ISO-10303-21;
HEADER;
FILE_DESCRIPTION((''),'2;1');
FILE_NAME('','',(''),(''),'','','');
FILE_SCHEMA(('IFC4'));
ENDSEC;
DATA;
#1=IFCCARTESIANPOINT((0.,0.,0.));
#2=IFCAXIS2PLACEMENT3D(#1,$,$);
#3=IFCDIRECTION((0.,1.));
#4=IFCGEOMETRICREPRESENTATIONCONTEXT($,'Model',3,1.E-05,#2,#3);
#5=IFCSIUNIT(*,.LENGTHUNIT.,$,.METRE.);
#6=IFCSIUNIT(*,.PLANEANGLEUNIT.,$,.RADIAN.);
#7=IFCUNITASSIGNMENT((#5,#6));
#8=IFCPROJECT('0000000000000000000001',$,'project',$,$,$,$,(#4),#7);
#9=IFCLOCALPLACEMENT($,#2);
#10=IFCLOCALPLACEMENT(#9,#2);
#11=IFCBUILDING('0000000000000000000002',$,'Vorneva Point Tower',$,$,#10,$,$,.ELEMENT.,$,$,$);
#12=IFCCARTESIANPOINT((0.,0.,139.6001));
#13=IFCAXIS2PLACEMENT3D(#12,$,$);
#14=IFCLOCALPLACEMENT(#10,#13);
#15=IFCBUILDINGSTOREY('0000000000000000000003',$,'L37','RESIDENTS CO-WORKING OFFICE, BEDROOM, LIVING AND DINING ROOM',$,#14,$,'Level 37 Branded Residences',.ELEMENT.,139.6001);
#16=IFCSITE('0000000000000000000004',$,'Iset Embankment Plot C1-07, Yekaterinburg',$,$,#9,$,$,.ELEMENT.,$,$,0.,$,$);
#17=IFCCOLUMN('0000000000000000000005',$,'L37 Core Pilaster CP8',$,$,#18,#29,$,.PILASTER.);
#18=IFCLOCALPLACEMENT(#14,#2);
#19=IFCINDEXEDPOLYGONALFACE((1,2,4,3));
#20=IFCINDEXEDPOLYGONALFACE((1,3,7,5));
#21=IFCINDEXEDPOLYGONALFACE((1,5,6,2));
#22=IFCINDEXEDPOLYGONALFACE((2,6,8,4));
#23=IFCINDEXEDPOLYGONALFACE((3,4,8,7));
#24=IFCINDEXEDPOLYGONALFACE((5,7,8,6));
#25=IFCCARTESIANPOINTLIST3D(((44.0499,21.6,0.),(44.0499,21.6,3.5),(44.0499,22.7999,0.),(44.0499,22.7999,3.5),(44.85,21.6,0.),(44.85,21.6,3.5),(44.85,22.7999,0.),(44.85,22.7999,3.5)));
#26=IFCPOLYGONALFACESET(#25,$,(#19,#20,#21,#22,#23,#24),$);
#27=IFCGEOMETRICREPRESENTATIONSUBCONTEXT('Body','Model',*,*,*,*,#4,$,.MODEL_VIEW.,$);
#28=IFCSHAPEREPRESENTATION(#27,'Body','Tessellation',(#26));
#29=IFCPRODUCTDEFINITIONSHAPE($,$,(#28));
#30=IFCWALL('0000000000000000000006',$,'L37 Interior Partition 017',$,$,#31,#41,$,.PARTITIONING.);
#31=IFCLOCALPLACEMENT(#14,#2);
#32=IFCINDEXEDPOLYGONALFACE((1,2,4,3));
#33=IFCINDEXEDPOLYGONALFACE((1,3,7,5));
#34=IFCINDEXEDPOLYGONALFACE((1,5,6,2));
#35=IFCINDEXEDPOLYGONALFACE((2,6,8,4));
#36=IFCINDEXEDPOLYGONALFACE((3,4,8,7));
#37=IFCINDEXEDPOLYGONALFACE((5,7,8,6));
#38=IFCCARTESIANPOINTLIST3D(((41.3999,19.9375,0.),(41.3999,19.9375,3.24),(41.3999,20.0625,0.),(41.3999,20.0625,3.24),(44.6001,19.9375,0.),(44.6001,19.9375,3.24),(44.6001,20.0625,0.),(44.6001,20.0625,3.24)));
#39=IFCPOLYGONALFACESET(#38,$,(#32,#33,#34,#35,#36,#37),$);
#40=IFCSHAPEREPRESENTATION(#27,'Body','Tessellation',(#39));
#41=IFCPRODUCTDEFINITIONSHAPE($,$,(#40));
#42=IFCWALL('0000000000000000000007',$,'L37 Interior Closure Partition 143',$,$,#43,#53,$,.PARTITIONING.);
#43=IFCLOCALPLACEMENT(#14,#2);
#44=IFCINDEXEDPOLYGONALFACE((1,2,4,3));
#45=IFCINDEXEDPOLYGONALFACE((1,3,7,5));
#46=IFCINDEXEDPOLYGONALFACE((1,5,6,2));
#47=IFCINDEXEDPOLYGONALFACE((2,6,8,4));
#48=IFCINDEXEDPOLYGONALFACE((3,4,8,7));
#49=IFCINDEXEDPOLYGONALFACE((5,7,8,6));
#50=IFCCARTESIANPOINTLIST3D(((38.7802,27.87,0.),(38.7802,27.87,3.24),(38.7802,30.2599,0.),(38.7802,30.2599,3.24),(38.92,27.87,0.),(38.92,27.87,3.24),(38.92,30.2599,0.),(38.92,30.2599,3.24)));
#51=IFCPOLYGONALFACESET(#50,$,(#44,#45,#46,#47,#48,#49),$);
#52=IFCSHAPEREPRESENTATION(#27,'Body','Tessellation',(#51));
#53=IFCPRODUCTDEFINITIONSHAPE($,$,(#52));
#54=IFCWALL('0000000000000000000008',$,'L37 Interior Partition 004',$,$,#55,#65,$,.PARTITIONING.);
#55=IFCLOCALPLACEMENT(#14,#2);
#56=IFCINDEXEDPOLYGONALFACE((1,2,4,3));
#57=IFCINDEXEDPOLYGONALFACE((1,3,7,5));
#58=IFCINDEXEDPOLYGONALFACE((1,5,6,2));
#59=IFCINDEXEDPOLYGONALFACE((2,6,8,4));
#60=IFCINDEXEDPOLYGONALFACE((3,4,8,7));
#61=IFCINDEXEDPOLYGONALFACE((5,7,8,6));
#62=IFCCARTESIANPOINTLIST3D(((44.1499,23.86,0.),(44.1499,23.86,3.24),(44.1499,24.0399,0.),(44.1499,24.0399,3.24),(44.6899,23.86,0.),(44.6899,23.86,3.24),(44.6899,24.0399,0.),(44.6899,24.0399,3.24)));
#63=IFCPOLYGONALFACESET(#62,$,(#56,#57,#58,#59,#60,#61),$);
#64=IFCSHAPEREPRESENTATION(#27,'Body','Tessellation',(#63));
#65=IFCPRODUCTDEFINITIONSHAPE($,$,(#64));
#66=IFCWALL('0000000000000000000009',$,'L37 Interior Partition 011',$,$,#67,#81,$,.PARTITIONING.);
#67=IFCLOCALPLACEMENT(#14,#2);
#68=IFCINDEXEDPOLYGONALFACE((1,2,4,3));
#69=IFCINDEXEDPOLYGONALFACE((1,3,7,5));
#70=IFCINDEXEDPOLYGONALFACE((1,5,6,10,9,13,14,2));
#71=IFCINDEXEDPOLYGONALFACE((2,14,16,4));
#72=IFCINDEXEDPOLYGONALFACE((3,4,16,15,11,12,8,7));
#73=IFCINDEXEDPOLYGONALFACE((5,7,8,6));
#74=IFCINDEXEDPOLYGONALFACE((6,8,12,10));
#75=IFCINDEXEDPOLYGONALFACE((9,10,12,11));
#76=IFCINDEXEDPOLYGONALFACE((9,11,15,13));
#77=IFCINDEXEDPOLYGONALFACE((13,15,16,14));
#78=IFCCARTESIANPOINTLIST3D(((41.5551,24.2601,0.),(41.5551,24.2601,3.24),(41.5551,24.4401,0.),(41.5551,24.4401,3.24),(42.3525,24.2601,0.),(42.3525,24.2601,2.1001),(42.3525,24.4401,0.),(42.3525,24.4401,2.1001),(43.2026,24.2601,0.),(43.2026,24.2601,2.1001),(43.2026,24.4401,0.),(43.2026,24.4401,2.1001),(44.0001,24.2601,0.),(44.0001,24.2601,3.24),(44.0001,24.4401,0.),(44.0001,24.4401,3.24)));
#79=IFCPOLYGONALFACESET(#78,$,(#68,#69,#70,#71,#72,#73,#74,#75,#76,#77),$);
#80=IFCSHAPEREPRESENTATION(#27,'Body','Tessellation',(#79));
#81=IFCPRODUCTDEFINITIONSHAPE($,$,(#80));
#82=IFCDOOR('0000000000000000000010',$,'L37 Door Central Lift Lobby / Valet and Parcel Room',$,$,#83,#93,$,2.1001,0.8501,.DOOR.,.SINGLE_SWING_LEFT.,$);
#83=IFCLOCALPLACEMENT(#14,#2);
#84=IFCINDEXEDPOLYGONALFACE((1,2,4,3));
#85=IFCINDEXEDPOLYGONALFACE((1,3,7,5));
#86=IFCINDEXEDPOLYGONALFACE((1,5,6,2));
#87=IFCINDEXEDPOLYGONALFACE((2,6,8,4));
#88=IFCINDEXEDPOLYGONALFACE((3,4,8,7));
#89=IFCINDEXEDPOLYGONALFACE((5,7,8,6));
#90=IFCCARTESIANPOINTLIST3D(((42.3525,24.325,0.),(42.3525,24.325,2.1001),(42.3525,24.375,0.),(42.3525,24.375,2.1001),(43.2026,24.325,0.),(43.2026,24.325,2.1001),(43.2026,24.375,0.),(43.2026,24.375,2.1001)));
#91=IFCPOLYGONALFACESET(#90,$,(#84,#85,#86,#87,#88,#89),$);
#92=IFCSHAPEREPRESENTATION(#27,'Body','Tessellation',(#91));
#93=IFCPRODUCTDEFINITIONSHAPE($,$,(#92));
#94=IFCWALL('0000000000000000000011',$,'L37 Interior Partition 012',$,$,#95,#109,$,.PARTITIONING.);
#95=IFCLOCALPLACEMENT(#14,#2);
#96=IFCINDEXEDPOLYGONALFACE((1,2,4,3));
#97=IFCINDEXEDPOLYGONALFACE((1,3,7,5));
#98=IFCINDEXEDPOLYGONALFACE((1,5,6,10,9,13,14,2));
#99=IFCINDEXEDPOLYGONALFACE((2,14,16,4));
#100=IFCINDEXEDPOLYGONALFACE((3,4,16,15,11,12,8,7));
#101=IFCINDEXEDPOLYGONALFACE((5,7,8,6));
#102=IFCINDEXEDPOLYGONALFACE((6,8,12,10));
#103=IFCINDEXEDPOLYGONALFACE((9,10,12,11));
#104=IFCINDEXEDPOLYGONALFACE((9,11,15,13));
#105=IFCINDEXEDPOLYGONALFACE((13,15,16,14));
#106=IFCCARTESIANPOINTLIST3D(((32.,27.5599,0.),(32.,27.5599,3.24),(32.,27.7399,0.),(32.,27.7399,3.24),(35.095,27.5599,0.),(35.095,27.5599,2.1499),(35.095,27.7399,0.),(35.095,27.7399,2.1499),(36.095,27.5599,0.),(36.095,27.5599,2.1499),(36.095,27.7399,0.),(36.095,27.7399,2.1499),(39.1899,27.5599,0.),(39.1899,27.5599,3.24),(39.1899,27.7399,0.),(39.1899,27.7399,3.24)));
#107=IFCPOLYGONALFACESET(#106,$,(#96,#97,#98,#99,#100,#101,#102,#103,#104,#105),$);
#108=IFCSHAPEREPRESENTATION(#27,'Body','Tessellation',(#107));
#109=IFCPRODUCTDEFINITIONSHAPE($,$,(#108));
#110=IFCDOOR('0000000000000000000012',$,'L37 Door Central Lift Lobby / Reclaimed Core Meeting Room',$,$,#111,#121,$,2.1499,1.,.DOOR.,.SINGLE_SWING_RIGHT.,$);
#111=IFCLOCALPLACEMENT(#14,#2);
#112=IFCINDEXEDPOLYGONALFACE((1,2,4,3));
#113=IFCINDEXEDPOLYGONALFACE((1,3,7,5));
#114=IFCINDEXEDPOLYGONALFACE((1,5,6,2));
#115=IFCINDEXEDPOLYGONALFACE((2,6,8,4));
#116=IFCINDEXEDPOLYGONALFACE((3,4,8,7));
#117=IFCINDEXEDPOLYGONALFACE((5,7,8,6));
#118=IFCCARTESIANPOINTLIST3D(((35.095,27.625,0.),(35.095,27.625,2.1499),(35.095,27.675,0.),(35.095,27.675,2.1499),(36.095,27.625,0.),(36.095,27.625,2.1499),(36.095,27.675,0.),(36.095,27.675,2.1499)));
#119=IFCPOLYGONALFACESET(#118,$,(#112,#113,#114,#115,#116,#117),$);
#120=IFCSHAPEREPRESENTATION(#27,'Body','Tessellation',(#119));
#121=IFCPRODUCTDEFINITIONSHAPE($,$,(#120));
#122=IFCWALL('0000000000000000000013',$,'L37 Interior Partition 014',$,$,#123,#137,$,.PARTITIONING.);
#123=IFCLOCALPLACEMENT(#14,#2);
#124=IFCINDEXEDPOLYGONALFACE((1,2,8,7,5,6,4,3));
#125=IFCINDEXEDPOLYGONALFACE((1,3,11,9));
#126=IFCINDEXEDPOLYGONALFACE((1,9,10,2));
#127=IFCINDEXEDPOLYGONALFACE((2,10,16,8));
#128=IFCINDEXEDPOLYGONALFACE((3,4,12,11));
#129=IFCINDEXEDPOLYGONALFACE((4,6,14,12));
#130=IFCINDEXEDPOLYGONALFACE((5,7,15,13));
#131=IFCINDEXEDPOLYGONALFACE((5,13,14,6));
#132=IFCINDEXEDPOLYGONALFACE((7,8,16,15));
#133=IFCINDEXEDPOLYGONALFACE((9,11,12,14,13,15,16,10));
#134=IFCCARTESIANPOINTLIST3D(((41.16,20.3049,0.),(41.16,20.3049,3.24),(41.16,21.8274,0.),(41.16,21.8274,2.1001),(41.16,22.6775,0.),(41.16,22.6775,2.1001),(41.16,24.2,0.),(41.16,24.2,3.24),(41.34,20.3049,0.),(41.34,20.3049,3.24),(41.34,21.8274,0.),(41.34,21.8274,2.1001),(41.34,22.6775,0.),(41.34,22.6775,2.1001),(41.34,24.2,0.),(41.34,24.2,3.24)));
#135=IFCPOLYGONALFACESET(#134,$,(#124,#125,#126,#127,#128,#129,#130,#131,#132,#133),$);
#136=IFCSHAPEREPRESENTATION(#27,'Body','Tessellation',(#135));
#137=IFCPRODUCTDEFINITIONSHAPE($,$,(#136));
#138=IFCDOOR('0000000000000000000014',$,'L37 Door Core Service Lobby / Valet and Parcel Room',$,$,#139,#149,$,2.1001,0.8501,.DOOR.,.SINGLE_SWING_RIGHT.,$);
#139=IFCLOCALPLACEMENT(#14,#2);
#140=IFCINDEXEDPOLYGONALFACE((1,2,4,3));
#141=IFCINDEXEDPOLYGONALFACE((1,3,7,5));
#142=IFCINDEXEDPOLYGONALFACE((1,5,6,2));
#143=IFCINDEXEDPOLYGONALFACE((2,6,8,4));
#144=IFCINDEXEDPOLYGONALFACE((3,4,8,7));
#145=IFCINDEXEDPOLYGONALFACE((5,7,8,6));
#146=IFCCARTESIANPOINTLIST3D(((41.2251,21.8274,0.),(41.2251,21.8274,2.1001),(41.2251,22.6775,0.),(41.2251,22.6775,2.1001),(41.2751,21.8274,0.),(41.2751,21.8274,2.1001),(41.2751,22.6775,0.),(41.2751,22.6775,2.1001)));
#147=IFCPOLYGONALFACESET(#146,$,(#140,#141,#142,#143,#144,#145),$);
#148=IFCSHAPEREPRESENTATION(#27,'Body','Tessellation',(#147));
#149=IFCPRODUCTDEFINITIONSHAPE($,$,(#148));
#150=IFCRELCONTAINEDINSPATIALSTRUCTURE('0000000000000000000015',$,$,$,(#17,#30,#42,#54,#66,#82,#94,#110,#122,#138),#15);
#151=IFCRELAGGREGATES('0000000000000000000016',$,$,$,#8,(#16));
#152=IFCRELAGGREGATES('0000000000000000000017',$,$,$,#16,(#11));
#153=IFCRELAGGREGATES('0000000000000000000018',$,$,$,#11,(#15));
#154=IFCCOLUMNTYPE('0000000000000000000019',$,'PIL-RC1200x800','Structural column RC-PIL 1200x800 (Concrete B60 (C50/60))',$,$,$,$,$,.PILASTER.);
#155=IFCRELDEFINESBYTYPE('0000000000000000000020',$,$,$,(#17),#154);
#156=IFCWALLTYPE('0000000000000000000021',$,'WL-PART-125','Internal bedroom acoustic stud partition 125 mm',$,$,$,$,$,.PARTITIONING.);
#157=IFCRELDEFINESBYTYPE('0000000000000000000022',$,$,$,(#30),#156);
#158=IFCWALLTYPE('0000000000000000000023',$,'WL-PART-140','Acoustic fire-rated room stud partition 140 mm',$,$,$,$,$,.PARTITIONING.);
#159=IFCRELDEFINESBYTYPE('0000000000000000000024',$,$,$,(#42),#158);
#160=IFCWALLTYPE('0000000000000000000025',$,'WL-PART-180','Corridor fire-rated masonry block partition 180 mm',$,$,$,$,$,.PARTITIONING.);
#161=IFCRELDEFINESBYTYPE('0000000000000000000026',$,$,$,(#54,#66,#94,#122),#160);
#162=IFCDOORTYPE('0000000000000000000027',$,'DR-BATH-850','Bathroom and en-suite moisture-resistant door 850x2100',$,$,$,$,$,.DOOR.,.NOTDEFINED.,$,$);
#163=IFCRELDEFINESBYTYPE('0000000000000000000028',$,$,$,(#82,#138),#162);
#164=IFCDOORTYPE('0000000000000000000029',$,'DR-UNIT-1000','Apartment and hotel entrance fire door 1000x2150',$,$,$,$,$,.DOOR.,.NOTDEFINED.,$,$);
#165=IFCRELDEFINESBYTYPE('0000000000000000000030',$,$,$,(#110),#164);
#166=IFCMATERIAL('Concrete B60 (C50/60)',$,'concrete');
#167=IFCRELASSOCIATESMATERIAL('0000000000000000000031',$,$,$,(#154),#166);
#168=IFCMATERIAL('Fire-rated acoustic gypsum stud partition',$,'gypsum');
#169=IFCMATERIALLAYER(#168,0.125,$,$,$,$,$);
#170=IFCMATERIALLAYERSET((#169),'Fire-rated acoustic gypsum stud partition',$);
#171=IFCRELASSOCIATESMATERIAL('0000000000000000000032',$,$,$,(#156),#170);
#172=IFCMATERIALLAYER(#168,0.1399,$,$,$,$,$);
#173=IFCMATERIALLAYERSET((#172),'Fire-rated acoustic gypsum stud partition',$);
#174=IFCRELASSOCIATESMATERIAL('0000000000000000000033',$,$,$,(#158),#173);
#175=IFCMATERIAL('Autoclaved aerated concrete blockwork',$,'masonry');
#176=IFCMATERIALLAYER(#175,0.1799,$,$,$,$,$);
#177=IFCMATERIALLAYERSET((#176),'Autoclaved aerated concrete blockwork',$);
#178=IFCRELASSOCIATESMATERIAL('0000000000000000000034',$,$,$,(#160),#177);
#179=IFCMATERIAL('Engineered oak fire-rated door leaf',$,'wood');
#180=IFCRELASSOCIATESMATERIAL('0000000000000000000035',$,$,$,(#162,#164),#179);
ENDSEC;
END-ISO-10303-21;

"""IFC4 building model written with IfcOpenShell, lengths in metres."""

from ifc_helpers import new_model, si_unit, direction, frame, frame_2d, origin, origin_2d, place, context, subcontext, project, spatial, rectangle, extrude, material, layer, layer_set, material_profile, profile_set, type_object, element, fill, save


model = new_model("IFC4")

# Units and contexts
model_context = context("Model", 3, precision=1e-05, world=origin(), true_north=direction((0.0, 1.0)))
body_context = subcontext(model_context, "Body", "Model", "MODEL_VIEW")
ifc_project = project(units=[si_unit("LENGTHUNIT", "METRE"), si_unit("PLANEANGLEUNIT", "RADIAN")], contexts=[model_context])

# Site, building, storey
site_placement = place(None, origin())
site = spatial("IfcSite", under=ifc_project, at=site_placement, Name="Iset Embankment Plot C1-07, Yekaterinburg", CompositionType="ELEMENT", RefElevation=0.0)
building_placement = place(site_placement, origin())
building = spatial("IfcBuilding", under=site, at=building_placement, Name="Vorneva Point Tower", CompositionType="ELEMENT")
storey_placement = place(building_placement, frame((0.0, 0.0, 139.6001)))
storey = spatial("IfcBuildingStorey", under=building, at=storey_placement, Name="L37", Description="RESIDENTS CO-WORKING OFFICE, BEDROOM, LIVING AND DINING ROOM", LongName="Level 37 Branded Residences", CompositionType="ELEMENT", Elevation=139.6001)

# Column
ifc_material_1 = material(Name="Concrete B60 (C50/60)", Category="concrete")
ifc_material_profile = material_profile(ifc_material_1, rectangle(XDim=0.8, YDim=1.2, at=origin_2d()), Name="RC-PIL 1200x800")
ifc_profile_set = profile_set([ifc_material_profile], Name="Concrete B60 (C50/60)")
column_type = type_object("IfcColumnType", Name="PIL-RC1200x800", Description="Structural column RC-PIL 1200x800 (Concrete B60 (C50/60))", PredefinedType="PILASTER", material=ifc_profile_set)
column_placement = place(storey_placement, frame((44.45, 22.2, 0.0), z_axis=(0.0, 0.0, 1.0), x_axis=(1.0, 0.0, 0.0)))
element("IfcColumn", 1, at=column_placement, inside=storey, type_object=column_type, Name="L37 Core Pilaster CP8", PredefinedType="PILASTER", context=body_context, shape_type="SweptSolid", body=[
    extrude(rectangle(XDim=0.8, YDim=1.2, at=origin_2d()), origin(), (0.0, 0.0, 1.0), 3.5),
])

# Walls
ifc_material_2 = material(Name="Fire-rated acoustic gypsum stud partition", Category="gypsum")
ifc_layer_1 = layer(ifc_material_2, 0.125)
ifc_layer_set_1 = layer_set([ifc_layer_1], Name="Fire-rated acoustic gypsum stud partition")
wall_type_1 = type_object("IfcWallType", Name="WL-PART-125", Description="Internal bedroom acoustic stud partition 125 mm", PredefinedType="PARTITIONING", material=ifc_layer_set_1)
wall_1_placement = place(storey_placement, frame((44.6001, 20.0, 0.0), z_axis=(0.0, 0.0, 1.0), x_axis=(-1.0, 0.0, 0.0)))
element("IfcWall", 2, at=wall_1_placement, inside=storey, type_object=wall_type_1, Name="L37 Interior Partition 017", PredefinedType="PARTITIONING", context=body_context, shape_type="SweptSolid", body=[
    extrude(rectangle(XDim=3.2002, YDim=0.125, at=frame_2d((1.6001, 0.0))), origin(), (0.0, 0.0, 1.0), 3.24),
])
ifc_layer_2 = layer(ifc_material_2, 0.1399)
ifc_layer_set_2 = layer_set([ifc_layer_2], Name="Fire-rated acoustic gypsum stud partition")
wall_type_2 = type_object("IfcWallType", Name="WL-PART-140", Description="Acoustic fire-rated room stud partition 140 mm", PredefinedType="PARTITIONING", material=ifc_layer_set_2)
wall_2_placement = place(storey_placement, frame((38.8501, 27.8701, 0.0), z_axis=(0.0, 0.0, 1.0), x_axis=(0.0, 1.0, 0.0)))
element("IfcWall", 3, at=wall_2_placement, inside=storey, type_object=wall_type_2, Name="L37 Interior Closure Partition 143", PredefinedType="PARTITIONING", context=body_context, shape_type="SweptSolid", body=[
    extrude(rectangle(XDim=2.3899, YDim=0.1399, at=frame_2d((1.1948, 0.0))), origin(), (0.0, 0.0, 1.0), 3.24),
])
ifc_material_3 = material(Name="Autoclaved aerated concrete blockwork", Category="masonry")
ifc_layer_3 = layer(ifc_material_3, 0.1799)
ifc_layer_set_3 = layer_set([ifc_layer_3], Name="Autoclaved aerated concrete blockwork")
wall_type_3 = type_object("IfcWallType", Name="WL-PART-180", Description="Corridor fire-rated masonry block partition 180 mm", PredefinedType="PARTITIONING", material=ifc_layer_set_3)
wall_3_placement = place(storey_placement, frame((44.1499, 23.95, 0.0), z_axis=(0.0, 0.0, 1.0), x_axis=(1.0, 0.0, 0.0)))
element("IfcWall", 4, at=wall_3_placement, inside=storey, type_object=wall_type_3, Name="L37 Interior Partition 004", PredefinedType="PARTITIONING", context=body_context, shape_type="SweptSolid", body=[
    extrude(rectangle(XDim=0.54, YDim=0.1799, at=frame_2d((0.27, 0.0))), origin(), (0.0, 0.0, 1.0), 3.24),
])

# Walls, openings, doors
wall_4_placement = place(storey_placement, frame((41.5549, 24.3501, 0.0), z_axis=(0.0, 0.0, 1.0), x_axis=(1.0, 0.0, 0.0)))
wall_4 = element("IfcWall", 5, at=wall_4_placement, inside=storey, type_object=wall_type_3, Name="L37 Interior Partition 011", PredefinedType="PARTITIONING", context=body_context, shape_type="SweptSolid", body=[
    extrude(rectangle(XDim=2.4451, YDim=0.1799, at=frame_2d((1.2227, 0.0))), origin(), (0.0, 0.0, 1.0), 3.24),
])
opening_1_placement = place(wall_4_placement, frame((0.7976, 0.0, 0.0)))
opening_1 = element("IfcOpeningElement", 6, at=opening_1_placement, cuts=wall_4, PredefinedType="OPENING", context=body_context, shape_type="SweptSolid", body=[
    extrude(rectangle(XDim=0.8501, YDim=2.1001, at=frame_2d((0.425, 1.05))), frame((0.0, 0.105, 0.0), z_axis=(0.0, -1.0, 0.0), x_axis=(1.0, 0.0, 0.0)), (0.0, 0.0, 1.0), 0.2097),
])
ifc_material_4 = material(Name="Engineered oak fire-rated door leaf", Category="wood")
door_type_1 = type_object("IfcDoorType", Name="DR-BATH-850", Description="Bathroom and en-suite moisture-resistant door 850x2100", OperationType="NOTDEFINED", PredefinedType="DOOR", material=ifc_material_4)
door_1_placement = place(opening_1_placement, origin())
door_1 = element("IfcDoor", 7, at=door_1_placement, inside=storey, type_object=door_type_1, Name="L37 Door Central Lift Lobby / Valet and Parcel Room", OperationType="SINGLE_SWING_LEFT", OverallHeight=2.1001, OverallWidth=0.8501, PredefinedType="DOOR", context=body_context, shape_type="SweptSolid", body=[
    extrude(rectangle(XDim=0.8501, YDim=2.1001, at=frame_2d((0.425, 1.05))), frame((0.0, 0.0249, 0.0), z_axis=(0.0, -1.0, 0.0), x_axis=(1.0, 0.0, 0.0)), (0.0, 0.0, 1.0), 0.05),
])
fill(opening_1, door_1)
wall_5_placement = place(storey_placement, frame((39.1899, 27.6499, 0.0), z_axis=(0.0, 0.0, 1.0), x_axis=(-1.0, 0.0, 0.0)))
wall_5 = element("IfcWall", 8, at=wall_5_placement, inside=storey, type_object=wall_type_3, Name="L37 Interior Partition 012", PredefinedType="PARTITIONING", context=body_context, shape_type="SweptSolid", body=[
    extrude(rectangle(XDim=7.1899, YDim=0.1799, at=frame_2d((3.595, 0.0))), origin(), (0.0, 0.0, 1.0), 3.24),
])
opening_2_placement = place(wall_5_placement, frame((3.095, 0.0, 0.0)))
opening_2 = element("IfcOpeningElement", 9, at=opening_2_placement, cuts=wall_5, PredefinedType="OPENING", context=body_context, shape_type="SweptSolid", body=[
    extrude(rectangle(XDim=1.0, YDim=2.1499, at=frame_2d((0.5, 1.075))), frame((0.0, 0.105, 0.0), z_axis=(0.0, -1.0, 0.0), x_axis=(1.0, 0.0, 0.0)), (0.0, 0.0, 1.0), 0.2097),
])
door_type_2 = type_object("IfcDoorType", Name="DR-UNIT-1000", Description="Apartment and hotel entrance fire door 1000x2150", OperationType="NOTDEFINED", PredefinedType="DOOR", material=ifc_material_4)
door_2_placement = place(opening_2_placement, origin())
door_2 = element("IfcDoor", 10, at=door_2_placement, inside=storey, type_object=door_type_2, Name="L37 Door Central Lift Lobby / Reclaimed Core Meeting Room", OperationType="SINGLE_SWING_RIGHT", OverallHeight=2.1499, OverallWidth=1.0, PredefinedType="DOOR", context=body_context, shape_type="SweptSolid", body=[
    extrude(rectangle(XDim=1.0, YDim=2.1499, at=frame_2d((0.5, 1.075))), frame((0.0, 0.0249, 0.0), z_axis=(0.0, -1.0, 0.0), x_axis=(1.0, 0.0, 0.0)), (0.0, 0.0, 1.0), 0.05),
])
fill(opening_2, door_2)
wall_6_placement = place(storey_placement, frame((41.25, 20.3049, 0.0), z_axis=(0.0, 0.0, 1.0), x_axis=(0.0, 1.0, 0.0)))
wall_6 = element("IfcWall", 11, at=wall_6_placement, inside=storey, type_object=wall_type_3, Name="L37 Interior Partition 014", PredefinedType="PARTITIONING", context=body_context, shape_type="SweptSolid", body=[
    extrude(rectangle(XDim=3.895, YDim=0.1799, at=frame_2d((1.9475, 0.0))), origin(), (0.0, 0.0, 1.0), 3.24),
])
opening_3_placement = place(wall_6_placement, frame((1.5225, 0.0, 0.0)))
opening_3 = element("IfcOpeningElement", 12, at=opening_3_placement, cuts=wall_6, PredefinedType="OPENING", context=body_context, shape_type="SweptSolid", body=[
    extrude(rectangle(XDim=0.8501, YDim=2.1001, at=frame_2d((0.425, 1.05))), frame((0.0, 0.105, 0.0), z_axis=(0.0, -1.0, 0.0), x_axis=(1.0, 0.0, 0.0)), (0.0, 0.0, 1.0), 0.2097),
])
door_3_placement = place(opening_3_placement, origin())
door_3 = element("IfcDoor", 13, at=door_3_placement, inside=storey, type_object=door_type_1, Name="L37 Door Core Service Lobby / Valet and Parcel Room", OperationType="SINGLE_SWING_RIGHT", OverallHeight=2.1001, OverallWidth=0.8501, PredefinedType="DOOR", context=body_context, shape_type="SweptSolid", body=[
    extrude(rectangle(XDim=0.8501, YDim=2.1001, at=frame_2d((0.425, 1.05))), frame((0.0, 0.0249, 0.0), z_axis=(0.0, -1.0, 0.0), x_axis=(1.0, 0.0, 0.0)), (0.0, 0.0, 1.0), 0.05),
])
fill(opening_3, door_3)

save(model, "model.ifc")
